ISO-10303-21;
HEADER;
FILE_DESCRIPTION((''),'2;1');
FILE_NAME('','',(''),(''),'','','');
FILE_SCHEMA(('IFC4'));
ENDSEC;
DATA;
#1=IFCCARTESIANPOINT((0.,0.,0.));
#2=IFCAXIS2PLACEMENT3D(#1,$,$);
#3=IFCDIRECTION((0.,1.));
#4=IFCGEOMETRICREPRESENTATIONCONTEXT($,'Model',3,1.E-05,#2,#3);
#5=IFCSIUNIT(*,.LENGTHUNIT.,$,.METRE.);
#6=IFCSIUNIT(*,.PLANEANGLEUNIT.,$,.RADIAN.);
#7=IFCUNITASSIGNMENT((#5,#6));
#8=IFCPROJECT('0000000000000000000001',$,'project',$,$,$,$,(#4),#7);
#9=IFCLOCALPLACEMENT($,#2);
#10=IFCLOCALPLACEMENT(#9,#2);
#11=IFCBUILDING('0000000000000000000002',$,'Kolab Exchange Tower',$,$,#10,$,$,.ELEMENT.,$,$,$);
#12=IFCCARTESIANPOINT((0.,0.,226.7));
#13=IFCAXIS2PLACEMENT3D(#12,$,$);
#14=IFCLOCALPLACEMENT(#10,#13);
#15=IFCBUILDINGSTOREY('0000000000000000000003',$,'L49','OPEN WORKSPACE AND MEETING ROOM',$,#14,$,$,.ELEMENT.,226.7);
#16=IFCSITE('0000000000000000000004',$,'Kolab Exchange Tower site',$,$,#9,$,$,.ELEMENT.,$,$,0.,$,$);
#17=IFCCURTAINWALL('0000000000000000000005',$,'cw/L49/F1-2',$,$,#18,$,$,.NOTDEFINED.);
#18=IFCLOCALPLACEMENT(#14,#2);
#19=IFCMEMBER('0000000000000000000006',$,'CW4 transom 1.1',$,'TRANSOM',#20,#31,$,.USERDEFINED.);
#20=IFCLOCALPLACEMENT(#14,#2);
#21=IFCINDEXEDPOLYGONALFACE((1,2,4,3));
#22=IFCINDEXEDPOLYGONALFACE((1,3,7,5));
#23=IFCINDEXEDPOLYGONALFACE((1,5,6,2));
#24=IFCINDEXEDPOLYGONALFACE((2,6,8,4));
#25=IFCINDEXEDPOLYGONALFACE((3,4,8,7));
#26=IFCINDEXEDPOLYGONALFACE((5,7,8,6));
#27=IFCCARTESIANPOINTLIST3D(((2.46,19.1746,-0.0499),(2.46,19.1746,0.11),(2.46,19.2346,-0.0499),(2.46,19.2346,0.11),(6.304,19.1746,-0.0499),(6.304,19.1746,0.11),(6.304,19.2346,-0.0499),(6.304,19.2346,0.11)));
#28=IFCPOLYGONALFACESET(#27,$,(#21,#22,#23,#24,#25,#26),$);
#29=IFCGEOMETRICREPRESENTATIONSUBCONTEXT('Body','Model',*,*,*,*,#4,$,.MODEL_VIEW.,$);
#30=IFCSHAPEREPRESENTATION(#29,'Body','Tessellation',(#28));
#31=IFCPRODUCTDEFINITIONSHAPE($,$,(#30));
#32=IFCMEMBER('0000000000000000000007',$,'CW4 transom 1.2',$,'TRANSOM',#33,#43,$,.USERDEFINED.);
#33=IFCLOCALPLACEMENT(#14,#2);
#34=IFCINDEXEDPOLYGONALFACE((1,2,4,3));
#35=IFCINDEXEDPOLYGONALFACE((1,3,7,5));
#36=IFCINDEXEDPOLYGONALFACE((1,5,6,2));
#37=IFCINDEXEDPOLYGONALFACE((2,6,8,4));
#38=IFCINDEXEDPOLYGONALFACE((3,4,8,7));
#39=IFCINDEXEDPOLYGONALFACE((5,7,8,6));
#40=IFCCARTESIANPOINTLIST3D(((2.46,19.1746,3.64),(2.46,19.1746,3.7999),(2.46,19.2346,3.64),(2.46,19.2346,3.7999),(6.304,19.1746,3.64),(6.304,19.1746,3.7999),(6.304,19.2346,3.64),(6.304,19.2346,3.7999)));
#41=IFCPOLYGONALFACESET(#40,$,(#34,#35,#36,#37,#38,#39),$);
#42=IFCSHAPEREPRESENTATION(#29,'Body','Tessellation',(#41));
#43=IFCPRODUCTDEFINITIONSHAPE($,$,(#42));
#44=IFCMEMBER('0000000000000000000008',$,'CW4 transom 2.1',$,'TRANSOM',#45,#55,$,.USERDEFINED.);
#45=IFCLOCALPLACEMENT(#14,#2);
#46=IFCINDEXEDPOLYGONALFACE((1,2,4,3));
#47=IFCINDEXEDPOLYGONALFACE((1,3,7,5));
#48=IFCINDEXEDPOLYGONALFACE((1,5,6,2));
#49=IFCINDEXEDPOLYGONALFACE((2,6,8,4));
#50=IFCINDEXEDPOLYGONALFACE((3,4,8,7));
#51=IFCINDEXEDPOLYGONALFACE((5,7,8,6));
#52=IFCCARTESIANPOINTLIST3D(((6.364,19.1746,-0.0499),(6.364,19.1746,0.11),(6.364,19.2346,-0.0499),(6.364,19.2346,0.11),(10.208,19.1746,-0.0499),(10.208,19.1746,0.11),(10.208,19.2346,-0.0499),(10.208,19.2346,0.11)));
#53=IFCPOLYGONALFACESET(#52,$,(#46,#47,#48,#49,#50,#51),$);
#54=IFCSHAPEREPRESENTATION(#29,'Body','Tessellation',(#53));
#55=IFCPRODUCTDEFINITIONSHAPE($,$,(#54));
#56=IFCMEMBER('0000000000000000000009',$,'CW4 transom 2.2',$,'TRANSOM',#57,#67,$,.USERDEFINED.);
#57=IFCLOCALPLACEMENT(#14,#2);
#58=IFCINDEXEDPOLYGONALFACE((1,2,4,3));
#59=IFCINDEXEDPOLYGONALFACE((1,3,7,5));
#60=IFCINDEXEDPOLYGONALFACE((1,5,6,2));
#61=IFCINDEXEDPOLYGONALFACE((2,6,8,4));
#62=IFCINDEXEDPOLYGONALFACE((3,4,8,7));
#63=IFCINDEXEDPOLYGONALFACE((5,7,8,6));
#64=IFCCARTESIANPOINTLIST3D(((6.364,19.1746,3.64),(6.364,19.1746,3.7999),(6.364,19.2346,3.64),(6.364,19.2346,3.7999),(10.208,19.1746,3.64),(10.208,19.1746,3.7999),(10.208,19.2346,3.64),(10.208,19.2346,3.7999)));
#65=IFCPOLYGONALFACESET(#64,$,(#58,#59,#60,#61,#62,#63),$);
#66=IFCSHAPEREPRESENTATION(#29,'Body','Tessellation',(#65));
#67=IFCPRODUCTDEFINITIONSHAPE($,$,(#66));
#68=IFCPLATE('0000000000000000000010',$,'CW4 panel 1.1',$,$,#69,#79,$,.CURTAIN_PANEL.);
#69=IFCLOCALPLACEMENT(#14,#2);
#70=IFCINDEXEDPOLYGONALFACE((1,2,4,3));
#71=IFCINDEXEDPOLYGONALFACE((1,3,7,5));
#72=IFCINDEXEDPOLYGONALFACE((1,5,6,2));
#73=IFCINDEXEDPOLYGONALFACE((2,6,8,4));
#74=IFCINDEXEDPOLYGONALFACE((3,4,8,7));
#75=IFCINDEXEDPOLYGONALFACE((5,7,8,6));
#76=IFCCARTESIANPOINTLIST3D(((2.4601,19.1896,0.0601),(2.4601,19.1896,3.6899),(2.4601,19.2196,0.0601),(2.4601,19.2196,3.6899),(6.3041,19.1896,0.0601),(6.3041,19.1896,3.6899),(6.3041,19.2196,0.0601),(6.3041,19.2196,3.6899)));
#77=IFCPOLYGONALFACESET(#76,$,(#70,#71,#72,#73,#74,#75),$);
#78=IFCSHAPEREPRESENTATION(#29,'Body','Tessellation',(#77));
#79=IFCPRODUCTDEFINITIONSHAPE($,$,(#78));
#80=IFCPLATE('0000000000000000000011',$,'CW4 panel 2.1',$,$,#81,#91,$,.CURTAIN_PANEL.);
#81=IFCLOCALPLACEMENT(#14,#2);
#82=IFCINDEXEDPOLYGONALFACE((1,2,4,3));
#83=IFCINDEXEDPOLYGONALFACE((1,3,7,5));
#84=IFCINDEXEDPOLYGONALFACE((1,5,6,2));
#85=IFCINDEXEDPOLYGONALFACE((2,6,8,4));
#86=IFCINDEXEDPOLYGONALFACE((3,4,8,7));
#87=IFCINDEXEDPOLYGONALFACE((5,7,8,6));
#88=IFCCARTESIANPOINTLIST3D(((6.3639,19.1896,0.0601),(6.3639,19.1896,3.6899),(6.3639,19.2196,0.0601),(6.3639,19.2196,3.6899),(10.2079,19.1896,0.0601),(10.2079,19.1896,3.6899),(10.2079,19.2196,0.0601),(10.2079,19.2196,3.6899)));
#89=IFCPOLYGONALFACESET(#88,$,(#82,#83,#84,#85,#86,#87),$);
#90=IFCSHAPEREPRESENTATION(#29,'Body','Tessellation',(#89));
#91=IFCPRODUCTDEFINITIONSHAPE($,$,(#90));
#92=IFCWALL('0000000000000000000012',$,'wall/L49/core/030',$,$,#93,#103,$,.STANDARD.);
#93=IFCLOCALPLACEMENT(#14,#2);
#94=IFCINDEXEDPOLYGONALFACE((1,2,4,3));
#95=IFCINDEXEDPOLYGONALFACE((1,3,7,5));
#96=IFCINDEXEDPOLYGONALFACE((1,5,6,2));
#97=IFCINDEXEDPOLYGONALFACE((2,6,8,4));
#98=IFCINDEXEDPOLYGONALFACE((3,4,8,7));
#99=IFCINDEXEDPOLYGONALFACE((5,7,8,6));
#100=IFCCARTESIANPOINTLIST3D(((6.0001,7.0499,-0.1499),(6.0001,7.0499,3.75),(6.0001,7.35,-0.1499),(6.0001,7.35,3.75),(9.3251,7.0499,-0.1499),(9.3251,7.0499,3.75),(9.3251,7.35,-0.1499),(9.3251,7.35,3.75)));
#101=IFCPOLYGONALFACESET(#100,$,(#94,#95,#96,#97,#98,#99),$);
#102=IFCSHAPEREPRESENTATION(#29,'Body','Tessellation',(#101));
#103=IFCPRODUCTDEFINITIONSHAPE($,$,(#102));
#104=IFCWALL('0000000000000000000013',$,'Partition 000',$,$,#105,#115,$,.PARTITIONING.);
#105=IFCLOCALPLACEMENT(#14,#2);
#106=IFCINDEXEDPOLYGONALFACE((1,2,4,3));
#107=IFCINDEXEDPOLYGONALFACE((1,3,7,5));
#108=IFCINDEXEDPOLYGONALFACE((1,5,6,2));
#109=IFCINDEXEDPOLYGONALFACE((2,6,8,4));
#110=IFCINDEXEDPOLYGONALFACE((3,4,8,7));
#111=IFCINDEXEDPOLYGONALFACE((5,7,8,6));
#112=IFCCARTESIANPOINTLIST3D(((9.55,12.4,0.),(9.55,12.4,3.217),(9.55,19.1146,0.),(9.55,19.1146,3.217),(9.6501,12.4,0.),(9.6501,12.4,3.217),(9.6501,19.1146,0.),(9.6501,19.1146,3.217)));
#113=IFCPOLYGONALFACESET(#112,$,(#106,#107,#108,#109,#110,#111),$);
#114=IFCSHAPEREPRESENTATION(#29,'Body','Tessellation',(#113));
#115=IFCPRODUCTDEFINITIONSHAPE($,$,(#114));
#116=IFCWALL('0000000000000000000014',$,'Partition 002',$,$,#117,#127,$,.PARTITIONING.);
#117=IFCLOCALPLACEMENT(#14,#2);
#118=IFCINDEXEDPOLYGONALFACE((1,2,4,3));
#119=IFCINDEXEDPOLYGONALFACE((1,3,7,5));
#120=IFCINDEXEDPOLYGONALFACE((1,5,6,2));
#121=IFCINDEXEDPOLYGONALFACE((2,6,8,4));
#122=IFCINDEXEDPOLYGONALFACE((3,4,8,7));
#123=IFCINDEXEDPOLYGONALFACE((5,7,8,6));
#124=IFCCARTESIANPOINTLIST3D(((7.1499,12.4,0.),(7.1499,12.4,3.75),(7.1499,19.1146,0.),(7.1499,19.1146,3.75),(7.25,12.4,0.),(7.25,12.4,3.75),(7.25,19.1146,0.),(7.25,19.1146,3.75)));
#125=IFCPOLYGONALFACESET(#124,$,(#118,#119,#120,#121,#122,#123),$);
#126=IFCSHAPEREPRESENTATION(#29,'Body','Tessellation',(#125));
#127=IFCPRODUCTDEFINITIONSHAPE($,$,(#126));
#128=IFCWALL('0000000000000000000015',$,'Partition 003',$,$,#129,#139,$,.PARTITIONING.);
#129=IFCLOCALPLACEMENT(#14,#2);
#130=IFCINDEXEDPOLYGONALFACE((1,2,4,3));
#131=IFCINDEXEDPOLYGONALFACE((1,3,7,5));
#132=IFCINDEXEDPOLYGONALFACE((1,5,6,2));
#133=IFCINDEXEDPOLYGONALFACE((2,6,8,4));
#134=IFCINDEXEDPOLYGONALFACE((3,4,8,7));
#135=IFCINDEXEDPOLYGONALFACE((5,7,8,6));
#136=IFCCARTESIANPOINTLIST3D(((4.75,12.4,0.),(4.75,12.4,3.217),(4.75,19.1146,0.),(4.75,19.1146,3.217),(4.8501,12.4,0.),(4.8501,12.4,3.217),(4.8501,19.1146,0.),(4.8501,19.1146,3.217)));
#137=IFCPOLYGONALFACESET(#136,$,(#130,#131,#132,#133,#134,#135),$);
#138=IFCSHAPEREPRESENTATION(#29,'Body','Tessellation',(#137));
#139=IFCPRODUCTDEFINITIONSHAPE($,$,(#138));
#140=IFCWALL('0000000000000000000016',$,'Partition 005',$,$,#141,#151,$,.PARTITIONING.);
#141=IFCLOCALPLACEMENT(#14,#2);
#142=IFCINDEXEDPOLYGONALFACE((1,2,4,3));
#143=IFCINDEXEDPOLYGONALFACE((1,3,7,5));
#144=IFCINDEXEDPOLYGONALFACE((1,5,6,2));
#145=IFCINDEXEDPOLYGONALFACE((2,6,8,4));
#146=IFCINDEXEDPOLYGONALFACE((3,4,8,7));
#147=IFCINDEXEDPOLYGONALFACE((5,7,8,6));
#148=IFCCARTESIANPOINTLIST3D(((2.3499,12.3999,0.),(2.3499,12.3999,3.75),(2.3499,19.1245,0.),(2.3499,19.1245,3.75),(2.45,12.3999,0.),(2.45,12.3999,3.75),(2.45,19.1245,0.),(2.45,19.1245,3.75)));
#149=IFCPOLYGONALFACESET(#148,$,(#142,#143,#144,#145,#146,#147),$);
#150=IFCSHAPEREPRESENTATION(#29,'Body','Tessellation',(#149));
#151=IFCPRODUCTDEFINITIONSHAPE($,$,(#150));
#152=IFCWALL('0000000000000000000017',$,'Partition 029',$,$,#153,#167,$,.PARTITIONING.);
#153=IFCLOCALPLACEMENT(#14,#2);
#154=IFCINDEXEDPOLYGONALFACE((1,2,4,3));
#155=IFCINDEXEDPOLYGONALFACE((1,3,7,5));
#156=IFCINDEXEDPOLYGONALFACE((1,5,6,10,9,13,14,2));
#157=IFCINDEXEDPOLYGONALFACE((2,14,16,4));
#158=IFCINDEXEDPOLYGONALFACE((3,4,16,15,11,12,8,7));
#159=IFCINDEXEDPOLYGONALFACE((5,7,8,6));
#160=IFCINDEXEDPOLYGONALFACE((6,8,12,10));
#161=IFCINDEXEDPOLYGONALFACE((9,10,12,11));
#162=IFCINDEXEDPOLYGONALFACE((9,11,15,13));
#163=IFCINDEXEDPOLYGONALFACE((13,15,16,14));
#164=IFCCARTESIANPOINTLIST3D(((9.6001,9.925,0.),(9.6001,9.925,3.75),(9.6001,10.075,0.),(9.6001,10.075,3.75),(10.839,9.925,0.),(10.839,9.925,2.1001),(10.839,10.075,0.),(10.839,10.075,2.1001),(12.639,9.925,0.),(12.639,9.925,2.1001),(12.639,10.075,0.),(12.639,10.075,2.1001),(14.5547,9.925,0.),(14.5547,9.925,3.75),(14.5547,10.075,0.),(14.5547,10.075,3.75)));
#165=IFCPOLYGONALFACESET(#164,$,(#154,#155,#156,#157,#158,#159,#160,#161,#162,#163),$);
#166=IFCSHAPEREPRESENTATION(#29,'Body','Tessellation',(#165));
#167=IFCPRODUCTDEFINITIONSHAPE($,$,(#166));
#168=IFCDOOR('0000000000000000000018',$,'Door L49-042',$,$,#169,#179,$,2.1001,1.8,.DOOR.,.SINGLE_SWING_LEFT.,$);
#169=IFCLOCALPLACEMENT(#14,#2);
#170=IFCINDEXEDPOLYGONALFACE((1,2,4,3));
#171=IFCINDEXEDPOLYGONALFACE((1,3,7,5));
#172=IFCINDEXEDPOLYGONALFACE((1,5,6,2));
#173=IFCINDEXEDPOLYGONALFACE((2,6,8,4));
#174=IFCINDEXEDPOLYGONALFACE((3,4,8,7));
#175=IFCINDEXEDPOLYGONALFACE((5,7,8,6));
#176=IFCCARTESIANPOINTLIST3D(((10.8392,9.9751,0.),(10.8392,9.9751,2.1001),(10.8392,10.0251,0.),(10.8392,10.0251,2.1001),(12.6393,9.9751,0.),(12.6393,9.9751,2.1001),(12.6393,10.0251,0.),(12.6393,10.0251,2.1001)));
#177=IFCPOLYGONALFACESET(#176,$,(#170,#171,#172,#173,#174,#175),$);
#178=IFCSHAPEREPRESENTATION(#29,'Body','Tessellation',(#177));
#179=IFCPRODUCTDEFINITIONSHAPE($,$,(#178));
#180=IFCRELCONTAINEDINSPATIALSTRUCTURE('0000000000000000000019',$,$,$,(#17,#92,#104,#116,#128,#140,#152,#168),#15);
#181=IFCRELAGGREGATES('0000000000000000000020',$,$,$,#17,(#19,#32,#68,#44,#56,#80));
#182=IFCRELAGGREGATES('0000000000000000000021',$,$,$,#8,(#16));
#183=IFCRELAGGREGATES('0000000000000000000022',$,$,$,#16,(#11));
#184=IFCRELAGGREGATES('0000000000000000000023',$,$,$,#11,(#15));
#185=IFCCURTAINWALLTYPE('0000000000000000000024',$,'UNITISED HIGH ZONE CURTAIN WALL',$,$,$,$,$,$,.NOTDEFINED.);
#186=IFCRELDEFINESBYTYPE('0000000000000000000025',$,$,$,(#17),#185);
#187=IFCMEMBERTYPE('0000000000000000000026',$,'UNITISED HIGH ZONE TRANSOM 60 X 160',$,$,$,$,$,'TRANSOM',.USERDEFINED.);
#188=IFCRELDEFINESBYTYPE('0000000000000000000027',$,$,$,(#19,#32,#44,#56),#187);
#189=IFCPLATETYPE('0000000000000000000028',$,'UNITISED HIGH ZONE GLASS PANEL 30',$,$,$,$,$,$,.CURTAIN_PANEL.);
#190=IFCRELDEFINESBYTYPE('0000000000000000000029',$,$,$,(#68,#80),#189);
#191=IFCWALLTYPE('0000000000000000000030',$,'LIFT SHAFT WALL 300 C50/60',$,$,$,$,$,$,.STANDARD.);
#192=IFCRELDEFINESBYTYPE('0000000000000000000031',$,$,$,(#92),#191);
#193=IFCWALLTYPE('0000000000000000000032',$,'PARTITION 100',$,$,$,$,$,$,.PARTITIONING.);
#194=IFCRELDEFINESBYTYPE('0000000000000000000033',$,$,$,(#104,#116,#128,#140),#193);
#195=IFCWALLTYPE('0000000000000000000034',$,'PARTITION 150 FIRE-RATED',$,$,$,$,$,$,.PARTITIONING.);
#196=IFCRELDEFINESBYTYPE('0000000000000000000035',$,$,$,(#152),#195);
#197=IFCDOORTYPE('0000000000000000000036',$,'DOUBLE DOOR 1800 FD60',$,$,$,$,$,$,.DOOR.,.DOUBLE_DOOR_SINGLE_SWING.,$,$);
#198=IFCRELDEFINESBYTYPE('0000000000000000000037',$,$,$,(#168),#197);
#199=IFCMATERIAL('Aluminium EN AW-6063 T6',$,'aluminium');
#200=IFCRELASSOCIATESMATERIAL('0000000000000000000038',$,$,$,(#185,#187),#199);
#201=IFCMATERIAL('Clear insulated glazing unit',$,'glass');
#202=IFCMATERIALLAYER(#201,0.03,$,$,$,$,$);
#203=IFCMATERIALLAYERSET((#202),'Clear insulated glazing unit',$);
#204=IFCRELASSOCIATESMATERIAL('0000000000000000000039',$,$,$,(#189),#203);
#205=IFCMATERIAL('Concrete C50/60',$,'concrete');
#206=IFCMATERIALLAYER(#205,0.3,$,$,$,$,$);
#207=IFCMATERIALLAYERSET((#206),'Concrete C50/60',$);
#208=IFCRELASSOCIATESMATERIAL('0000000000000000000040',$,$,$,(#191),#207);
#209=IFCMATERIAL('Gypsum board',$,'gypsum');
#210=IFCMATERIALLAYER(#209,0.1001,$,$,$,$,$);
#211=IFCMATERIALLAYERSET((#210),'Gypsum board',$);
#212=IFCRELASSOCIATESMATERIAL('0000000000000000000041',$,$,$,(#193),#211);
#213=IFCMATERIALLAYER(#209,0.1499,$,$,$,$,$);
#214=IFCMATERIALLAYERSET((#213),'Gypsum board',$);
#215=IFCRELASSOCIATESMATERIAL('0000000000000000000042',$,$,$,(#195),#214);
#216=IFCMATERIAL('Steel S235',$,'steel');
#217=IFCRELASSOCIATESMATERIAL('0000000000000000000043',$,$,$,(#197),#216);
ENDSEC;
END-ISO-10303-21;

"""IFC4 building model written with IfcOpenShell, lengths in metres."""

from ifc_helpers import new_model, si_unit, direction, frame, frame_2d, origin, origin_2d, place, context, subcontext, project, spatial, rectangle, extrude, material, layer, layer_set, material_profile, profile_set, type_object, element, fill, aggregate, save


model = new_model("IFC4")

# Units and contexts
model_context = context("Model", 3, precision=1e-05, world=origin(), true_north=direction((0.0, 1.0)))
body_context = subcontext(model_context, "Body", "Model", "MODEL_VIEW")
ifc_project = project(units=[si_unit("LENGTHUNIT", "METRE"), si_unit("PLANEANGLEUNIT", "RADIAN")], contexts=[model_context])

# Site, building, storey
site_placement = place(None, origin())
site = spatial("IfcSite", under=ifc_project, at=site_placement, Name="Kolab Exchange Tower site", CompositionType="ELEMENT", RefElevation=0.0)
building_placement = place(site_placement, origin())
building = spatial("IfcBuilding", under=site, at=building_placement, Name="Kolab Exchange Tower", CompositionType="ELEMENT")
storey_placement = place(building_placement, frame((0.0, 0.0, 226.7)))
storey = spatial("IfcBuildingStorey", under=building, at=storey_placement, Name="L49", Description="OPEN WORKSPACE AND MEETING ROOM", CompositionType="ELEMENT", Elevation=226.7)

# Shared definitions
ifc_material_1 = material(Name="Concrete C50/60", Category="concrete")

# Curtain wall, members, plates
ifc_material_2 = material(Name="Aluminium EN AW-6063 T6", Category="aluminium")
curtain_wall_type = type_object("IfcCurtainWallType", Name="UNITISED HIGH ZONE CURTAIN WALL", PredefinedType="NOTDEFINED", material=ifc_material_2)
curtain_wall_placement = place(storey_placement, origin())
curtain_wall = element("IfcCurtainWall", 1, at=curtain_wall_placement, inside=storey, type_object=curtain_wall_type, Name="cw/L49/F1-2", PredefinedType="NOTDEFINED")
ifc_material_profile_1 = material_profile(ifc_material_2, rectangle(XDim=0.0601, YDim=0.1599, at=origin_2d()), Name="RECT 60X160")
ifc_profile_set_1 = profile_set([ifc_material_profile_1], Name="Aluminium EN AW-6063 T6")
member_type_1 = type_object("IfcMemberType", Name="UNITISED HIGH ZONE TRANSOM 60 X 160", ElementType="TRANSOM", PredefinedType="USERDEFINED", material=ifc_profile_set_1)
member_1_placement = place(storey_placement, frame((2.46, 19.2046, 0.03), z_axis=(1.0, 0.0, 0.0), x_axis=(0.0, 1.0, 0.0)))
member_1 = element("IfcMember", 2, at=member_1_placement, type_object=member_type_1, Name="CW4 transom 1.1", ObjectType="TRANSOM", PredefinedType="USERDEFINED", context=body_context, shape_type="SweptSolid", body=[
    extrude(rectangle(XDim=0.0601, YDim=0.1599, at=origin_2d()), origin(), (0.0, 0.0, 1.0), 3.844),
])
member_2_placement = place(storey_placement, frame((2.46, 19.2046, 3.72), z_axis=(1.0, 0.0, 0.0), x_axis=(0.0, 1.0, 0.0)))
member_2 = element("IfcMember", 3, at=member_2_placement, type_object=member_type_1, Name="CW4 transom 1.2", ObjectType="TRANSOM", PredefinedType="USERDEFINED", context=body_context, shape_type="SweptSolid", body=[
    extrude(rectangle(XDim=0.0601, YDim=0.1599, at=origin_2d()), origin(), (0.0, 0.0, 1.0), 3.844),
])
member_3_placement = place(storey_placement, frame((6.364, 19.2046, 0.03), z_axis=(1.0, 0.0, 0.0), x_axis=(0.0, 1.0, 0.0)))
member_3 = element("IfcMember", 4, at=member_3_placement, type_object=member_type_1, Name="CW4 transom 2.1", ObjectType="TRANSOM", PredefinedType="USERDEFINED", context=body_context, shape_type="SweptSolid", body=[
    extrude(rectangle(XDim=0.0601, YDim=0.1599, at=origin_2d()), origin(), (0.0, 0.0, 1.0), 3.844),
])
member_4_placement = place(storey_placement, frame((6.364, 19.2046, 3.72), z_axis=(1.0, 0.0, 0.0), x_axis=(0.0, 1.0, 0.0)))
member_4 = element("IfcMember", 5, at=member_4_placement, type_object=member_type_1, Name="CW4 transom 2.2", ObjectType="TRANSOM", PredefinedType="USERDEFINED", context=body_context, shape_type="SweptSolid", body=[
    extrude(rectangle(XDim=0.0601, YDim=0.1599, at=origin_2d()), origin(), (0.0, 0.0, 1.0), 3.844),
])
ifc_material_3 = material(Name="Clear insulated glazing unit", Category="glass")
ifc_layer_1 = layer(ifc_material_3, 0.03)
ifc_layer_set_1 = layer_set([ifc_layer_1], Name="Clear insulated glazing unit")
plate_type = type_object("IfcPlateType", Name="UNITISED HIGH ZONE GLASS PANEL 30", PredefinedType="CURTAIN_PANEL", material=ifc_layer_set_1)
plate_1_placement = place(storey_placement, frame((4.3821, 19.2046, 0.0601), z_axis=(0.0, 0.0, 1.0), x_axis=(1.0, 0.0, 0.0)))
plate_1 = element("IfcPlate", 6, at=plate_1_placement, type_object=plate_type, Name="CW4 panel 1.1", PredefinedType="CURTAIN_PANEL", context=body_context, shape_type="SweptSolid", body=[
    extrude(rectangle(XDim=3.844, YDim=0.03, at=origin_2d()), origin(), (0.0, 0.0, 1.0), 3.6299),
])
plate_2_placement = place(storey_placement, frame((8.2859, 19.2046, 0.0601), z_axis=(0.0, 0.0, 1.0), x_axis=(1.0, 0.0, 0.0)))
plate_2 = element("IfcPlate", 7, at=plate_2_placement, type_object=plate_type, Name="CW4 panel 2.1", PredefinedType="CURTAIN_PANEL", context=body_context, shape_type="SweptSolid", body=[
    extrude(rectangle(XDim=3.844, YDim=0.03, at=origin_2d()), origin(), (0.0, 0.0, 1.0), 3.6299),
])
aggregate(curtain_wall, [member_1, member_2, plate_1, member_3, member_4, plate_2])

# Walls
ifc_layer_2 = layer(ifc_material_1, 0.3)
ifc_layer_set_2 = layer_set([ifc_layer_2], Name="Concrete C50/60")
wall_type_1 = type_object("IfcWallType", Name="LIFT SHAFT WALL 300 C50/60", PredefinedType="STANDARD", material=ifc_layer_set_2)
wall_1_placement = place(storey_placement, frame((6.0, 7.2, -0.1499), z_axis=(0.0, 0.0, 1.0), x_axis=(1.0, 0.0, 0.0)))
element("IfcWall", 8, at=wall_1_placement, inside=storey, type_object=wall_type_1, Name="wall/L49/core/030", PredefinedType="STANDARD", context=body_context, shape_type="SweptSolid", body=[
    extrude(rectangle(XDim=3.325, YDim=0.3, at=frame_2d((1.6626, 0.0))), origin(), (0.0, 0.0, 1.0), 3.8999),
])
ifc_material_4 = material(Name="Gypsum board", Category="gypsum")
ifc_layer_3 = layer(ifc_material_4, 0.1001)
ifc_layer_set_3 = layer_set([ifc_layer_3], Name="Gypsum board")
wall_type_2 = type_object("IfcWallType", Name="PARTITION 100", PredefinedType="PARTITIONING", material=ifc_layer_set_3)
wall_2_placement = place(storey_placement, frame((9.6001, 12.3999, 0.0), z_axis=(0.0, 0.0, 1.0), x_axis=(0.0, 1.0, 0.0)))
element("IfcWall", 9, at=wall_2_placement, inside=storey, type_object=wall_type_2, Name="Partition 000", PredefinedType="PARTITIONING", context=body_context, shape_type="SweptSolid", body=[
    extrude(rectangle(XDim=6.7146, YDim=0.1001, at=frame_2d((3.3574, 0.0))), origin(), (0.0, 0.0, 1.0), 3.217),
])
wall_3_placement = place(storey_placement, frame((7.2, 12.3999, 0.0), z_axis=(0.0, 0.0, 1.0), x_axis=(0.0, 1.0, 0.0)))
element("IfcWall", 10, at=wall_3_placement, inside=storey, type_object=wall_type_2, Name="Partition 002", PredefinedType="PARTITIONING", context=body_context, shape_type="SweptSolid", body=[
    extrude(rectangle(XDim=6.7146, YDim=0.1001, at=frame_2d((3.3574, 0.0))), origin(), (0.0, 0.0, 1.0), 3.75),
])
wall_4_placement = place(storey_placement, frame((4.8, 12.3999, 0.0), z_axis=(0.0, 0.0, 1.0), x_axis=(0.0, 1.0, 0.0)))
element("IfcWall", 11, at=wall_4_placement, inside=storey, type_object=wall_type_2, Name="Partition 003", PredefinedType="PARTITIONING", context=body_context, shape_type="SweptSolid", body=[
    extrude(rectangle(XDim=6.7146, YDim=0.1001, at=frame_2d((3.3574, 0.0))), origin(), (0.0, 0.0, 1.0), 3.217),
])
wall_5_placement = place(storey_placement, frame((2.3999, 12.3999, 0.0), z_axis=(0.0, 0.0, 1.0), x_axis=(0.0, 1.0, 0.0)))
element("IfcWall", 12, at=wall_5_placement, inside=storey, type_object=wall_type_2, Name="Partition 005", PredefinedType="PARTITIONING", context=body_context, shape_type="SweptSolid", body=[
    extrude(rectangle(XDim=6.7246, YDim=0.1001, at=frame_2d((3.3623, 0.0))), origin(), (0.0, 0.0, 1.0), 3.75),
])

# Wall, opening, door
ifc_layer_4 = layer(ifc_material_4, 0.1499)
ifc_layer_set_4 = layer_set([ifc_layer_4], Name="Gypsum board")
wall_type_3 = type_object("IfcWallType", Name="PARTITION 150 FIRE-RATED", PredefinedType="PARTITIONING", material=ifc_layer_set_4)
wall_6_placement = place(storey_placement, frame((9.6001, 10.0, 0.0), z_axis=(0.0, 0.0, 1.0), x_axis=(1.0, 0.0, 0.0)))
wall_6 = element("IfcWall", 13, at=wall_6_placement, inside=storey, type_object=wall_type_3, Name="Partition 029", PredefinedType="PARTITIONING", context=body_context, shape_type="SweptSolid", body=[
    extrude(rectangle(XDim=4.9546, YDim=0.1499, at=frame_2d((2.4773, 0.0))), origin(), (0.0, 0.0, 1.0), 3.75),
])
opening_placement = place(wall_6_placement, frame((1.239, 0.0, 0.0)))
opening = element("IfcOpeningElement", 14, at=opening_placement, cuts=wall_6, PredefinedType="OPENING", context=body_context, shape_type="SweptSolid", body=[
    extrude(rectangle(XDim=1.8, YDim=2.1001, at=frame_2d((0.8999, 1.05))), frame((0.0, 0.085, 0.0), z_axis=(0.0, -1.0, 0.0), x_axis=(1.0, 0.0, 0.0)), (0.0, 0.0, 1.0), 0.1699),
])
ifc_material_5 = material(Name="Steel S235", Category="steel")
door_type = type_object("IfcDoorType", Name="DOUBLE DOOR 1800 FD60", OperationType="DOUBLE_DOOR_SINGLE_SWING", PredefinedType="DOOR", material=ifc_material_5)
door_placement = place(opening_placement, frame((1.8, 0.0, 0.0), z_axis=(0.0, 0.0, 1.0), x_axis=(-1.0, 0.0, 0.0)))
door = element("IfcDoor", 15, at=door_placement, inside=storey, type_object=door_type, Name="Door L49-042", OperationType="SINGLE_SWING_LEFT", OverallHeight=2.1001, OverallWidth=1.8, PredefinedType="DOOR", context=body_context, shape_type="SweptSolid", body=[
    extrude(rectangle(XDim=1.8, YDim=2.1001, at=frame_2d((0.8999, 1.05))), frame((0.0, 0.0249, 0.0), z_axis=(0.0, -1.0, 0.0), x_axis=(1.0, 0.0, 0.0)), (0.0, 0.0, 1.0), 0.05),
])
fill(opening, door)

save(model, "model.ifc")
